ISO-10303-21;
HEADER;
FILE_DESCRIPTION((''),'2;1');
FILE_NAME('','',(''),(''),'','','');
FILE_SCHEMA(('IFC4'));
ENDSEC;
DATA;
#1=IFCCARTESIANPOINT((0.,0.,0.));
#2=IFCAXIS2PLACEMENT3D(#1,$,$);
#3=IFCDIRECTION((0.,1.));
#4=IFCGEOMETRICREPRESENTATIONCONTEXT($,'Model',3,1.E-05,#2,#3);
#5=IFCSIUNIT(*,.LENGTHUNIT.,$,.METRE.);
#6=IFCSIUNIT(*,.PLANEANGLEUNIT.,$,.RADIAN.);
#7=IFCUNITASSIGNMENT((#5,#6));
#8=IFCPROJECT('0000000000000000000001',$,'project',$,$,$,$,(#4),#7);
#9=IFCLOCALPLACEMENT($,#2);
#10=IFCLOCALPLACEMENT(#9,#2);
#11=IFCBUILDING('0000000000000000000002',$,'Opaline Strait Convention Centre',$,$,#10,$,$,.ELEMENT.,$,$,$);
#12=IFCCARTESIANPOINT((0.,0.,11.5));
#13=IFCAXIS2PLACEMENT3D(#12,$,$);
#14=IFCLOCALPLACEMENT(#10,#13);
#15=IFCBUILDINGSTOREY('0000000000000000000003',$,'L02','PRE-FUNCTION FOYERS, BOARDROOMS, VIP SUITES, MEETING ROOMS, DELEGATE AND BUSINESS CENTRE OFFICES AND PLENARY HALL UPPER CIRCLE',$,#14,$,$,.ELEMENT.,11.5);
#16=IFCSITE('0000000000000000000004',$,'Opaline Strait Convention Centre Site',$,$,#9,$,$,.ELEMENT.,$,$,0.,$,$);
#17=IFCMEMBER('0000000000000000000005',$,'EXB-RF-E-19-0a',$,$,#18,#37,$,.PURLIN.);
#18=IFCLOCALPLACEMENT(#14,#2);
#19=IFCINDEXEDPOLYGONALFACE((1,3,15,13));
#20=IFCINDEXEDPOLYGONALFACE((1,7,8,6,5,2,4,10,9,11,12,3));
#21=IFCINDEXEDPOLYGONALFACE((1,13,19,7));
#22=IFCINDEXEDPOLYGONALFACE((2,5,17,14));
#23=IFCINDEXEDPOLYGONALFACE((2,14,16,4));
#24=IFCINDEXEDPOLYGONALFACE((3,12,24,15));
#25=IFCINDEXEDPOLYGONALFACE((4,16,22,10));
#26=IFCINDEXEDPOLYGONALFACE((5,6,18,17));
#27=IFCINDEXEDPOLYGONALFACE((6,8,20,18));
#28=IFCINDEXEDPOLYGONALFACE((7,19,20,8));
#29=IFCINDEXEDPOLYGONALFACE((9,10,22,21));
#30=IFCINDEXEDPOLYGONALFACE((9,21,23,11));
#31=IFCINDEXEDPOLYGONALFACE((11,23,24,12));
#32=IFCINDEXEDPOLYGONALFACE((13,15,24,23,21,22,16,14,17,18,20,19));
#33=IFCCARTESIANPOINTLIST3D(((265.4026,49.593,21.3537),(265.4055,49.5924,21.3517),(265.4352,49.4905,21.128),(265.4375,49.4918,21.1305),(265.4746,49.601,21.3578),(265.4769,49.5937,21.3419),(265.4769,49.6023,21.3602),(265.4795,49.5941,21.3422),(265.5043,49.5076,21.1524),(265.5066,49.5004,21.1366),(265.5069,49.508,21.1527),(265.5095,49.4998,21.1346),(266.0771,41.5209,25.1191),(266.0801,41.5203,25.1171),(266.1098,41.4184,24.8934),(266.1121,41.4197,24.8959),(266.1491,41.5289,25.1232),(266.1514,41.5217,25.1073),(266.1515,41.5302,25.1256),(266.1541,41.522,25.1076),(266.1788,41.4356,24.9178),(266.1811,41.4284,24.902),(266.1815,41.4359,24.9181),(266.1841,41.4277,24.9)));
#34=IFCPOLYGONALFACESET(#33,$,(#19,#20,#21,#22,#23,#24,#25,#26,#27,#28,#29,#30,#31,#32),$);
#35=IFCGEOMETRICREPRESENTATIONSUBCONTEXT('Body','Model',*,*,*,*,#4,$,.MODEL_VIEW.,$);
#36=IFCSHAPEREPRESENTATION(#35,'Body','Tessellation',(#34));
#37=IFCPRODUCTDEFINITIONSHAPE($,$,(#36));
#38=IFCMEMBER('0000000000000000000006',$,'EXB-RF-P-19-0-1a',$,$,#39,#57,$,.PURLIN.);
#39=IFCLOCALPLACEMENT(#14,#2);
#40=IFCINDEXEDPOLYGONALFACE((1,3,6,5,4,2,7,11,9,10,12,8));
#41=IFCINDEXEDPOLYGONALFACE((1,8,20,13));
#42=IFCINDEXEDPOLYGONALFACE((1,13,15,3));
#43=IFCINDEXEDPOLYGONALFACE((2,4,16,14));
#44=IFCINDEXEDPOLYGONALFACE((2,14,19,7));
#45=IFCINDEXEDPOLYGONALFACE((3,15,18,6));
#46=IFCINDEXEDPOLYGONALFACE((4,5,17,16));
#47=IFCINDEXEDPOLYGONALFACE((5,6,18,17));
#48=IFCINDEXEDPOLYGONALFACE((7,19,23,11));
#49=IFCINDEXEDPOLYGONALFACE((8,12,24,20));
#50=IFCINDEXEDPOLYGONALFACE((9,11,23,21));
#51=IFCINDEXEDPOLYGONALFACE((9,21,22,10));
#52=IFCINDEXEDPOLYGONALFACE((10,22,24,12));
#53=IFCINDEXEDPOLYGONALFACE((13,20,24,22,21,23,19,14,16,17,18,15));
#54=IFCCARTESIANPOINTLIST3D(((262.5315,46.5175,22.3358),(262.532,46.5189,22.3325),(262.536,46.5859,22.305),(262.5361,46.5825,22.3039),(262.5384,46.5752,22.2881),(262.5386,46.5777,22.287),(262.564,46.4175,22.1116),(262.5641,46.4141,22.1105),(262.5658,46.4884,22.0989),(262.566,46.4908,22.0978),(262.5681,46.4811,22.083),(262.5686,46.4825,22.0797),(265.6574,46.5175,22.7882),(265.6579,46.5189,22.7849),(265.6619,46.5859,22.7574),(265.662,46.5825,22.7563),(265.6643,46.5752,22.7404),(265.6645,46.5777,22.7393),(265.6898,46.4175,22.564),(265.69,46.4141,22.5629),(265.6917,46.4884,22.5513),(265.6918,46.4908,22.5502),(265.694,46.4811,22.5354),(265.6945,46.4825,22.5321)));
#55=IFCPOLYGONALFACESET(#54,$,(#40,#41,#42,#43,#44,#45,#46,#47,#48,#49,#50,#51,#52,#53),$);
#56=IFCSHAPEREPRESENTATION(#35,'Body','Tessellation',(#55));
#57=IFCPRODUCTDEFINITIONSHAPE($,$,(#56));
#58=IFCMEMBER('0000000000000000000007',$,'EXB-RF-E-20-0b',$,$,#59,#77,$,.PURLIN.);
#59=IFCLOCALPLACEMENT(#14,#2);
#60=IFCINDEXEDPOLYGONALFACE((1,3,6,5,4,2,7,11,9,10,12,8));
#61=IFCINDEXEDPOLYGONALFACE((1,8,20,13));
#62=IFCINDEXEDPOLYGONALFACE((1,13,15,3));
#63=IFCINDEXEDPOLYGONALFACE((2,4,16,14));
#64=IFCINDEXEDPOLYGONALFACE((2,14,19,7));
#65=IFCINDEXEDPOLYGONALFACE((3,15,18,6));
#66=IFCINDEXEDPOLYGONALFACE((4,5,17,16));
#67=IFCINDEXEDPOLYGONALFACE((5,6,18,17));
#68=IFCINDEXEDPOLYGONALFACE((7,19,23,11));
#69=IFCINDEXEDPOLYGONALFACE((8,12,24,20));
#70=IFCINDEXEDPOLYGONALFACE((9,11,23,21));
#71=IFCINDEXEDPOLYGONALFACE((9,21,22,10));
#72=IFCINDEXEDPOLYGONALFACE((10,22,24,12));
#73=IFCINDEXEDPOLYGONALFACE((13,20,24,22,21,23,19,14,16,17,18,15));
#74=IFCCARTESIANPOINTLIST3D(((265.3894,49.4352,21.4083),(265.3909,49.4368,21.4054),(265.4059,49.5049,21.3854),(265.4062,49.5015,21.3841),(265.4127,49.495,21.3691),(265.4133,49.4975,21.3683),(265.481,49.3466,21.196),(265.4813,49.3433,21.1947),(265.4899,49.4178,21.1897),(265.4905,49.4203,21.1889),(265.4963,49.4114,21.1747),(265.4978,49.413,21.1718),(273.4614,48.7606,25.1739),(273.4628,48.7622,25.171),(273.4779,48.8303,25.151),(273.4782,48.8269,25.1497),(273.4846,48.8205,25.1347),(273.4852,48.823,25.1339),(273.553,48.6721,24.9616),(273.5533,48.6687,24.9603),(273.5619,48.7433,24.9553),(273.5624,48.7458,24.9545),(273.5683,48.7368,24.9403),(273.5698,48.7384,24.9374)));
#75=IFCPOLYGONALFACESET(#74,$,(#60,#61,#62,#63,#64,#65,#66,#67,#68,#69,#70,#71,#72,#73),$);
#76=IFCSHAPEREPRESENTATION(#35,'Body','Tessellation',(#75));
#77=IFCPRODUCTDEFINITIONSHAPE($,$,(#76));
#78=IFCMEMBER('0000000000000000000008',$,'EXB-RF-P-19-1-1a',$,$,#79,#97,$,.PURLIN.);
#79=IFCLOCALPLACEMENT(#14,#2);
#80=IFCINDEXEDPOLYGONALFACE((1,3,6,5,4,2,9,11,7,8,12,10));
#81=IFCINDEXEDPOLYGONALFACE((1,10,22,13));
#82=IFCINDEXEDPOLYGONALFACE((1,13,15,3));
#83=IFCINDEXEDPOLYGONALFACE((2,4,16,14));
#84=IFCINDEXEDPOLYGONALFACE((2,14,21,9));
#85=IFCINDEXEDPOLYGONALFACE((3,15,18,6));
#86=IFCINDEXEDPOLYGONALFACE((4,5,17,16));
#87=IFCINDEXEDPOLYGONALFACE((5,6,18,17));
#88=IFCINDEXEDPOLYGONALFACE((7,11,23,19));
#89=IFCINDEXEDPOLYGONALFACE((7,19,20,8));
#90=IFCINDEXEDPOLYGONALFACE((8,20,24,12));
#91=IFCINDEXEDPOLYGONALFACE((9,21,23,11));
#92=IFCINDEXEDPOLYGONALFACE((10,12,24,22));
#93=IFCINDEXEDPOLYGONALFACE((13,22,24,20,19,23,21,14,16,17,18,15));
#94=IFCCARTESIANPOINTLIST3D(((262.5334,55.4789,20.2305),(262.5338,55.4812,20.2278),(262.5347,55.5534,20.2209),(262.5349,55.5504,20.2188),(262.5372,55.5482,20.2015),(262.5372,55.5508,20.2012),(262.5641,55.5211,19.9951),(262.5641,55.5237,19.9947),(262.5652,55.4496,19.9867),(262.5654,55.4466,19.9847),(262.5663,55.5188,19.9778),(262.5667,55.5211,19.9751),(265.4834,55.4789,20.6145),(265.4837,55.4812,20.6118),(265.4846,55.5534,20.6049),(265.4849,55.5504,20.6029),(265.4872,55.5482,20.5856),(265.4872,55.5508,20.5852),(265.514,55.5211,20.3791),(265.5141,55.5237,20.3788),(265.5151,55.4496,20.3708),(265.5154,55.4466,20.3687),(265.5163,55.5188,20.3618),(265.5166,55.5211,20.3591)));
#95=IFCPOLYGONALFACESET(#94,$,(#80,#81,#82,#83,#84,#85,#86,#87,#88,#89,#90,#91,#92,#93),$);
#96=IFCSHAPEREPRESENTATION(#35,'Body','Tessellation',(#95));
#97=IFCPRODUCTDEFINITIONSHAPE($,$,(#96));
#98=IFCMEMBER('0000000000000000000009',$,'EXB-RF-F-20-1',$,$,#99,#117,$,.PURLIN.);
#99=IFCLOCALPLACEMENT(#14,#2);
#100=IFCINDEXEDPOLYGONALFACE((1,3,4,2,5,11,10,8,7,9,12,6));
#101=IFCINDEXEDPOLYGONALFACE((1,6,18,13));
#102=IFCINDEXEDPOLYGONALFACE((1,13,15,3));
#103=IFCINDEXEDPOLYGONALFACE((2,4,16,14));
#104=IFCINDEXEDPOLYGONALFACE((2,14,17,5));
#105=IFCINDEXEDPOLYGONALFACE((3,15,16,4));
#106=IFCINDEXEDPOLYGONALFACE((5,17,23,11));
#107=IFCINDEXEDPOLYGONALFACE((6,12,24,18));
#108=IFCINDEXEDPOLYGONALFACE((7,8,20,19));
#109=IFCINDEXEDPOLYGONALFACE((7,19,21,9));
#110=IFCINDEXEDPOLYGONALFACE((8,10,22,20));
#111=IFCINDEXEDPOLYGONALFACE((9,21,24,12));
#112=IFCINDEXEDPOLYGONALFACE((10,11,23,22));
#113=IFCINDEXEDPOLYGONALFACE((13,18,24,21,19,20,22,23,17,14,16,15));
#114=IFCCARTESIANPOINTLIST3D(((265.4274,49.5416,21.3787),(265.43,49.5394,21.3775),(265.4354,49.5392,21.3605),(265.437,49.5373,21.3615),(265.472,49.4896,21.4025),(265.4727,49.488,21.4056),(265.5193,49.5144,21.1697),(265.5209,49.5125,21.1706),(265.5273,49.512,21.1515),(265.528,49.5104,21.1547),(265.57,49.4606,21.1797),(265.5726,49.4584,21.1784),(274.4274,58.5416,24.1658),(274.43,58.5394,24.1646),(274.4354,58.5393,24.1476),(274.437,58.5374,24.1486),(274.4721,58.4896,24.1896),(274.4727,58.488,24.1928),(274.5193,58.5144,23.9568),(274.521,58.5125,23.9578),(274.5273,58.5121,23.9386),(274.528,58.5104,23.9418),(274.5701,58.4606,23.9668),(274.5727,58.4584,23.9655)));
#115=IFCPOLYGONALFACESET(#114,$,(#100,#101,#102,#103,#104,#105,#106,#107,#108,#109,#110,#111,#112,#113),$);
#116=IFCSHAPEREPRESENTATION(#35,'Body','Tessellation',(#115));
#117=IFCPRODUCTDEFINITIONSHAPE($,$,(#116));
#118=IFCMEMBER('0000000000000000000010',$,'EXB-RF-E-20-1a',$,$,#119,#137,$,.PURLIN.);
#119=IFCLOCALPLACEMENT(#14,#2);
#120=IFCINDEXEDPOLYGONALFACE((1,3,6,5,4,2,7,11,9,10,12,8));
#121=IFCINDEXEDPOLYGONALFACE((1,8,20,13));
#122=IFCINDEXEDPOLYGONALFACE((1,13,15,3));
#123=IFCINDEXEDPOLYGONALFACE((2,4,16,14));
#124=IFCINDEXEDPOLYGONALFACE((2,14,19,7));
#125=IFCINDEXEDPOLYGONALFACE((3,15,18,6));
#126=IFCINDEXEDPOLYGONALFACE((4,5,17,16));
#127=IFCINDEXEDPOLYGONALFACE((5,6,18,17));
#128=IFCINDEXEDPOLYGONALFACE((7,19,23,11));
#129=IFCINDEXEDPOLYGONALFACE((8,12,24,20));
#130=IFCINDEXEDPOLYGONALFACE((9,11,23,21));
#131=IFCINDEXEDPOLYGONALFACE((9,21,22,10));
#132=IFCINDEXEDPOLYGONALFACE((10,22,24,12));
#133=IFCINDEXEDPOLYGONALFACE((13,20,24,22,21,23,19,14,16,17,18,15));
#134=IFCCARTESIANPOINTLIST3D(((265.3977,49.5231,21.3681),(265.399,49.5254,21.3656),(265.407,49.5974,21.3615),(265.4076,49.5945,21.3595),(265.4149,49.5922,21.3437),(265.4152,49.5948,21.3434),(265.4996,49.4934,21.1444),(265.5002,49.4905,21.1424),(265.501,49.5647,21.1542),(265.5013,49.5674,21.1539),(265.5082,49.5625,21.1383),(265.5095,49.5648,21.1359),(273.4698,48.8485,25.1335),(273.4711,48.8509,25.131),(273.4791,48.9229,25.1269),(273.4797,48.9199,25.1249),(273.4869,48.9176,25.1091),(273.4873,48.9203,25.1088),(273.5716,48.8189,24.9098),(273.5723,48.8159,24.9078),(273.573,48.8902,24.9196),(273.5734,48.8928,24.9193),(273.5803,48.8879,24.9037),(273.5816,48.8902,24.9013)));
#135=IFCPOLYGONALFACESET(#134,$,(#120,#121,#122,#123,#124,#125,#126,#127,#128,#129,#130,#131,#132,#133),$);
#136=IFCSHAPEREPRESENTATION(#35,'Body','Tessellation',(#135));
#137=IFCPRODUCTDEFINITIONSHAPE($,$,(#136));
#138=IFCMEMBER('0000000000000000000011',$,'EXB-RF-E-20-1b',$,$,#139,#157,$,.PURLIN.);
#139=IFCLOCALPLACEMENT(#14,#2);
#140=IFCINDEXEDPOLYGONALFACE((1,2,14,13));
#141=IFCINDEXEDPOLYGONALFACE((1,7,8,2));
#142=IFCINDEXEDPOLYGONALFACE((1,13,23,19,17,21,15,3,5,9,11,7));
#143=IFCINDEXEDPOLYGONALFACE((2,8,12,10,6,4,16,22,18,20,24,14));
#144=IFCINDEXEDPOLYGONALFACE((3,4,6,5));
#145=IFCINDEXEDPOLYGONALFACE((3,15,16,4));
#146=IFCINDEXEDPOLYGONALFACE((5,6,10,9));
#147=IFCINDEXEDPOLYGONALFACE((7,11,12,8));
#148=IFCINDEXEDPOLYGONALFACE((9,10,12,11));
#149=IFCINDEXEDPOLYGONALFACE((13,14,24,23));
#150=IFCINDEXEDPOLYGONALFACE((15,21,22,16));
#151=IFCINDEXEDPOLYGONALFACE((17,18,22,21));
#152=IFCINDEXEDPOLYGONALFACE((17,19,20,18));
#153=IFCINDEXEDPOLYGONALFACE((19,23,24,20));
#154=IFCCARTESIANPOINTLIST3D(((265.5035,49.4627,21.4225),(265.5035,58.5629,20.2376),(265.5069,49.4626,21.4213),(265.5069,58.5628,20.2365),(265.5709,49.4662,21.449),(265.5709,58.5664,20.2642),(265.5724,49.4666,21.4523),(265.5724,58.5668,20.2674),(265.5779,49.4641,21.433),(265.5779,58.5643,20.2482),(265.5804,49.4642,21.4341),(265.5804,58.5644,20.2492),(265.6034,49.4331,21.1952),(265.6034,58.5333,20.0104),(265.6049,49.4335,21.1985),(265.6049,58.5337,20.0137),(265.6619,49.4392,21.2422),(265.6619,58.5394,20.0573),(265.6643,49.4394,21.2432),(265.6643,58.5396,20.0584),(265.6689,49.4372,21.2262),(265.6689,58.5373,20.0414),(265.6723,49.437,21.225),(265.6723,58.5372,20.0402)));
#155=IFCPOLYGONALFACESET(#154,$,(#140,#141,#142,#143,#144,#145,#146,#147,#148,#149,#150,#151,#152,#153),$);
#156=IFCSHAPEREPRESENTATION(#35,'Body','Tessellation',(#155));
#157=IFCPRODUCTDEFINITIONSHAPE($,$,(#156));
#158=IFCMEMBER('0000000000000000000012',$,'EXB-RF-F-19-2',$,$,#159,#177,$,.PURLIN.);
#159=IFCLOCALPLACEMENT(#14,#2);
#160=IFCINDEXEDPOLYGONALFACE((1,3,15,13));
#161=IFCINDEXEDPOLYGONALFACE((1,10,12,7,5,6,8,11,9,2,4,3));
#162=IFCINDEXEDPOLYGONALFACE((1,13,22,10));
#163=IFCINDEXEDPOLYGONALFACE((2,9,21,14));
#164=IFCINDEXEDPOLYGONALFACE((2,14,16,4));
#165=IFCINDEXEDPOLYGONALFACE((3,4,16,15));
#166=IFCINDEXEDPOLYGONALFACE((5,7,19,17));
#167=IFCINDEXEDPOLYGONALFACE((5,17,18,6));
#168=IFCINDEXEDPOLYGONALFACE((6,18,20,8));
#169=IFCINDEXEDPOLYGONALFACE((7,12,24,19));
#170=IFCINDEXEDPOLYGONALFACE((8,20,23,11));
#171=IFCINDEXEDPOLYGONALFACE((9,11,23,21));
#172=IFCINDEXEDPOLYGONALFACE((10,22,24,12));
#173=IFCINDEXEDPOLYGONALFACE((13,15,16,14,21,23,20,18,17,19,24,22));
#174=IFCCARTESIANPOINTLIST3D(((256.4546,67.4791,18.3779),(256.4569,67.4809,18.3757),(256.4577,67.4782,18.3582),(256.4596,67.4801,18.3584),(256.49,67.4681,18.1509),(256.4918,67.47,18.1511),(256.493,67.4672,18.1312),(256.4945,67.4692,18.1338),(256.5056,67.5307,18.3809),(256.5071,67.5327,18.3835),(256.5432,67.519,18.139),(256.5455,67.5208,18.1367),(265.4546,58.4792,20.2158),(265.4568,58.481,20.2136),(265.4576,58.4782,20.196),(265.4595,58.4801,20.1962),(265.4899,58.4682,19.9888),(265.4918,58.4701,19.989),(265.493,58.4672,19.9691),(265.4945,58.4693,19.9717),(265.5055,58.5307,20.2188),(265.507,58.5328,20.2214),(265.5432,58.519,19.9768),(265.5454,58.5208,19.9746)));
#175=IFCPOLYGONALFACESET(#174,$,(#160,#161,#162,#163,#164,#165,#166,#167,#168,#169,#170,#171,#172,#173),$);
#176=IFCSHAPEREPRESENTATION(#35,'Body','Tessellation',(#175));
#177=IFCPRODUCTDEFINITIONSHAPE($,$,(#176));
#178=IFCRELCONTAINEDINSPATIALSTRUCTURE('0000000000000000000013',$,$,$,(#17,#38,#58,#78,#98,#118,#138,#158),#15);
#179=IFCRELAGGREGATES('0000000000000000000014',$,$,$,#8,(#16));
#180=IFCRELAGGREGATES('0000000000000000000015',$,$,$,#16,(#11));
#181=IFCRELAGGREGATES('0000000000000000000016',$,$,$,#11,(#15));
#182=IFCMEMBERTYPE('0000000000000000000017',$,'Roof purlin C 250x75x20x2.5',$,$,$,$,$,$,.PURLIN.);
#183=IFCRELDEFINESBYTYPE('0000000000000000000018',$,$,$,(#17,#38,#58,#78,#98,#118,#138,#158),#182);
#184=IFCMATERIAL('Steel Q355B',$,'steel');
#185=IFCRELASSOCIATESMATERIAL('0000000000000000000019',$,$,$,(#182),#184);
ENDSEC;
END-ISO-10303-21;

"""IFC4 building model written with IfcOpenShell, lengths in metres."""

from ifc_helpers import new_model, si_unit, direction, frame, origin, place, context, subcontext, project, spatial, polyline, outline, extrude, material, material_profile, profile_set, type_object, element, save


model = new_model("IFC4")

# Units and contexts
model_context = context("Model", 3, precision=1e-05, world=origin(), true_north=direction((0.0, 1.0)))
body_context = subcontext(model_context, "Body", "Model", "MODEL_VIEW")
ifc_project = project(units=[si_unit("LENGTHUNIT", "METRE"), si_unit("PLANEANGLEUNIT", "RADIAN")], contexts=[model_context])

# Site, building, storey
site_placement = place(None, origin())
site = spatial("IfcSite", under=ifc_project, at=site_placement, Name="Opaline Strait Convention Centre Site", CompositionType="ELEMENT", RefElevation=0.0)
building_placement = place(site_placement, origin())
building = spatial("IfcBuilding", under=site, at=building_placement, Name="Opaline Strait Convention Centre", CompositionType="ELEMENT")
storey_placement = place(building_placement, frame((0.0, 0.0, 11.5)))
storey = spatial("IfcBuildingStorey", under=building, at=storey_placement, Name="L02", Description="PRE-FUNCTION FOYERS, BOARDROOMS, VIP SUITES, MEETING ROOMS, DELEGATE AND BUSINESS CENTRE OFFICES AND PLENARY HALL UPPER CIRCLE", CompositionType="ELEMENT", Elevation=11.5)

# Members
ifc_material_1 = material(Name="Steel Q355B", Category="steel")
ifc_material_profile_1 = material_profile(ifc_material_1, outline(polyline([(-0.0376, -0.125), (0.0376, -0.125), (0.0376, -0.105), (0.0349, -0.105), (0.0349, -0.1226), (-0.0349, -0.1226), (-0.0349, 0.1226), (0.0349, 0.1226), (0.0349, 0.105), (0.0376, 0.105), (0.0376, 0.125), (-0.0376, 0.125), (-0.0376, -0.125)])), Name="C 250x75x20x2.5")
ifc_profile_set_1 = profile_set([ifc_material_profile_1], Name="Steel Q355B")
member_type_1 = type_object("IfcMemberType", Name="Roof purlin C 250x75x20x2.5", PredefinedType="PURLIN", material=ifc_profile_set_1)
member_1_placement = place(storey_placement, frame((265.4561, 49.5464, 21.2441), z_axis=(0.075517, -0.903663, 0.421534), x_axis=(0.988553, 0.123221, 0.087057)))
element("IfcMember", 1, at=member_1_placement, inside=storey, type_object=member_type_1, Name="EXB-RF-E-19-0a", PredefinedType="PURLIN", context=body_context, shape_type="SweptSolid", body=[
    extrude(outline(polyline([(-0.0376, -0.125), (0.0376, -0.125), (0.0376, -0.105), (0.0349, -0.105), (0.0349, -0.1226), (-0.0349, -0.1226), (-0.0349, 0.1226), (0.0349, 0.1226), (0.0349, 0.105), (0.0376, 0.105), (0.0376, 0.125), (-0.0376, 0.125), (-0.0376, -0.125)])), origin(), (0.0, 0.0, 1.0), 8.9326),
])
member_2_placement = place(storey_placement, frame((262.55, 46.5, 22.2078), z_axis=(0.98969, 0.0, 0.143228), x_axis=(0.059251, 0.91042, -0.409419)))
element("IfcMember", 2, at=member_2_placement, inside=storey, type_object=member_type_1, Name="EXB-RF-P-19-0-1a", PredefinedType="PURLIN", context=body_context, shape_type="SweptSolid", body=[
    extrude(outline(polyline([(-0.0376, -0.125), (0.0376, -0.125), (0.0376, -0.105), (0.0349, -0.105), (0.0349, -0.1226), (-0.0349, -0.1226), (-0.0349, 0.1226), (0.0349, 0.1226), (0.0349, 0.105), (0.0376, 0.105), (0.0376, 0.125), (-0.0376, 0.125), (-0.0376, -0.125)])), origin(), (0.0, 0.0, 1.0), 3.1584),
])
member_3_placement = place(storey_placement, frame((265.4436, 49.4241, 21.29), z_axis=(0.903652, -0.075516, 0.421557), x_axis=(0.219515, 0.926866, -0.304519)))
element("IfcMember", 3, at=member_3_placement, inside=storey, type_object=member_type_1, Name="EXB-RF-E-20-0b", PredefinedType="PURLIN", context=body_context, shape_type="SweptSolid", body=[
    extrude(outline(polyline([(-0.0376, -0.125), (0.0376, -0.125), (0.0376, -0.105), (0.0349, -0.105), (0.0349, -0.1226), (-0.0349, -0.1226), (-0.0349, 0.1226), (0.0349, 0.1226), (0.0349, 0.105), (0.0376, 0.105), (0.0376, 0.125), (-0.0376, 0.125), (-0.0376, -0.125)])), origin(), (0.0, 0.0, 1.0), 8.9326),
])
member_4_placement = place(storey_placement, frame((262.55, 55.5, 20.1028), z_axis=(0.991632, 0.0, 0.129094), x_axis=(0.016665, 0.991632, -0.128015)))
element("IfcMember", 4, at=member_4_placement, inside=storey, type_object=member_type_1, Name="EXB-RF-P-19-1-1a", PredefinedType="PURLIN", context=body_context, shape_type="SweptSolid", body=[
    extrude(outline(polyline([(-0.0376, -0.125), (0.0376, -0.125), (0.0376, -0.105), (0.0349, -0.105), (0.0349, -0.1226), (-0.0349, -0.1226), (-0.0349, 0.1226), (0.0349, 0.1226), (0.0349, 0.105), (0.0376, 0.105), (0.0376, 0.125), (-0.0376, 0.125), (-0.0376, -0.125)])), origin(), (0.0, 0.0, 1.0), 2.9749),
])
member_5_placement = place(storey_placement, frame((265.5, 49.5, 21.2786), z_axis=(0.69074, 0.69074, 0.213908), x_axis=(-0.602522, 0.713355, -0.357899)))
element("IfcMember", 5, at=member_5_placement, inside=storey, type_object=member_type_1, Name="EXB-RF-F-20-1", PredefinedType="PURLIN", context=body_context, shape_type="SweptSolid", body=[
    extrude(outline(polyline([(-0.0376, -0.125), (0.0376, -0.125), (0.0376, -0.105), (0.0349, -0.105), (0.0349, -0.1226), (-0.0349, -0.1226), (-0.0349, 0.1226), (0.0349, 0.1226), (0.0349, 0.105), (0.0376, 0.105), (0.0376, 0.125), (-0.0376, 0.125), (-0.0376, -0.125)])), origin(), (0.0, 0.0, 1.0), 13.0295),
])
member_6_placement = place(storey_placement, frame((265.4536, 49.5439, 21.252), z_axis=(0.903663, -0.075517, 0.421534), x_axis=(0.123221, 0.988553, -0.087057)))
element("IfcMember", 6, at=member_6_placement, inside=storey, type_object=member_type_1, Name="EXB-RF-E-20-1a", PredefinedType="PURLIN", context=body_context, shape_type="SweptSolid", body=[
    extrude(outline(polyline([(-0.0376, -0.125), (0.0376, -0.125), (0.0376, -0.105), (0.0349, -0.105), (0.0349, -0.1226), (-0.0349, -0.1226), (-0.0349, 0.1226), (0.0349, 0.1226), (0.0349, 0.105), (0.0376, 0.105), (0.0376, 0.125), (-0.0376, 0.125), (-0.0376, -0.125)])), origin(), (0.0, 0.0, 1.0), 8.9326),
])
member_7_placement = place(storey_placement, frame((265.5879, 58.55, 20.1389), z_axis=(0.0, -0.99163, 0.129108), x_axis=(0.916598, 0.051619, 0.396464)))
element("IfcMember", 7, at=member_7_placement, inside=storey, type_object=member_type_1, Name="EXB-RF-E-20-1b", PredefinedType="PURLIN", context=body_context, shape_type="SweptSolid", body=[
    extrude(outline(polyline([(-0.0376, -0.125), (0.0376, -0.125), (0.0376, -0.105), (0.0349, -0.105), (0.0349, -0.1226), (-0.0349, -0.1226), (-0.0349, 0.1226), (0.0349, 0.1226), (0.0349, 0.105), (0.0376, 0.105), (0.0376, 0.125), (-0.0376, 0.125), (-0.0376, -0.125)])), origin(), (0.0, 0.0, 1.0), 9.177),
])
member_8_placement = place(storey_placement, frame((265.5, 58.5, 20.0952), z_axis=(-0.699848, 0.699848, -0.142916), x_axis=(-0.697562, -0.712686, -0.074064)))
element("IfcMember", 8, at=member_8_placement, inside=storey, type_object=member_type_1, Name="EXB-RF-F-19-2", PredefinedType="PURLIN", context=body_context, shape_type="SweptSolid", body=[
    extrude(outline(polyline([(-0.0376, -0.125), (0.0376, -0.125), (0.0376, -0.105), (0.0349, -0.105), (0.0349, -0.1226), (-0.0349, -0.1226), (-0.0349, 0.1226), (0.0349, 0.1226), (0.0349, 0.105), (0.0376, 0.105), (0.0376, 0.125), (-0.0376, 0.125), (-0.0376, -0.125)])), origin(), (0.0, 0.0, 1.0), 12.8599),
])

save(model, "model.ifc")
